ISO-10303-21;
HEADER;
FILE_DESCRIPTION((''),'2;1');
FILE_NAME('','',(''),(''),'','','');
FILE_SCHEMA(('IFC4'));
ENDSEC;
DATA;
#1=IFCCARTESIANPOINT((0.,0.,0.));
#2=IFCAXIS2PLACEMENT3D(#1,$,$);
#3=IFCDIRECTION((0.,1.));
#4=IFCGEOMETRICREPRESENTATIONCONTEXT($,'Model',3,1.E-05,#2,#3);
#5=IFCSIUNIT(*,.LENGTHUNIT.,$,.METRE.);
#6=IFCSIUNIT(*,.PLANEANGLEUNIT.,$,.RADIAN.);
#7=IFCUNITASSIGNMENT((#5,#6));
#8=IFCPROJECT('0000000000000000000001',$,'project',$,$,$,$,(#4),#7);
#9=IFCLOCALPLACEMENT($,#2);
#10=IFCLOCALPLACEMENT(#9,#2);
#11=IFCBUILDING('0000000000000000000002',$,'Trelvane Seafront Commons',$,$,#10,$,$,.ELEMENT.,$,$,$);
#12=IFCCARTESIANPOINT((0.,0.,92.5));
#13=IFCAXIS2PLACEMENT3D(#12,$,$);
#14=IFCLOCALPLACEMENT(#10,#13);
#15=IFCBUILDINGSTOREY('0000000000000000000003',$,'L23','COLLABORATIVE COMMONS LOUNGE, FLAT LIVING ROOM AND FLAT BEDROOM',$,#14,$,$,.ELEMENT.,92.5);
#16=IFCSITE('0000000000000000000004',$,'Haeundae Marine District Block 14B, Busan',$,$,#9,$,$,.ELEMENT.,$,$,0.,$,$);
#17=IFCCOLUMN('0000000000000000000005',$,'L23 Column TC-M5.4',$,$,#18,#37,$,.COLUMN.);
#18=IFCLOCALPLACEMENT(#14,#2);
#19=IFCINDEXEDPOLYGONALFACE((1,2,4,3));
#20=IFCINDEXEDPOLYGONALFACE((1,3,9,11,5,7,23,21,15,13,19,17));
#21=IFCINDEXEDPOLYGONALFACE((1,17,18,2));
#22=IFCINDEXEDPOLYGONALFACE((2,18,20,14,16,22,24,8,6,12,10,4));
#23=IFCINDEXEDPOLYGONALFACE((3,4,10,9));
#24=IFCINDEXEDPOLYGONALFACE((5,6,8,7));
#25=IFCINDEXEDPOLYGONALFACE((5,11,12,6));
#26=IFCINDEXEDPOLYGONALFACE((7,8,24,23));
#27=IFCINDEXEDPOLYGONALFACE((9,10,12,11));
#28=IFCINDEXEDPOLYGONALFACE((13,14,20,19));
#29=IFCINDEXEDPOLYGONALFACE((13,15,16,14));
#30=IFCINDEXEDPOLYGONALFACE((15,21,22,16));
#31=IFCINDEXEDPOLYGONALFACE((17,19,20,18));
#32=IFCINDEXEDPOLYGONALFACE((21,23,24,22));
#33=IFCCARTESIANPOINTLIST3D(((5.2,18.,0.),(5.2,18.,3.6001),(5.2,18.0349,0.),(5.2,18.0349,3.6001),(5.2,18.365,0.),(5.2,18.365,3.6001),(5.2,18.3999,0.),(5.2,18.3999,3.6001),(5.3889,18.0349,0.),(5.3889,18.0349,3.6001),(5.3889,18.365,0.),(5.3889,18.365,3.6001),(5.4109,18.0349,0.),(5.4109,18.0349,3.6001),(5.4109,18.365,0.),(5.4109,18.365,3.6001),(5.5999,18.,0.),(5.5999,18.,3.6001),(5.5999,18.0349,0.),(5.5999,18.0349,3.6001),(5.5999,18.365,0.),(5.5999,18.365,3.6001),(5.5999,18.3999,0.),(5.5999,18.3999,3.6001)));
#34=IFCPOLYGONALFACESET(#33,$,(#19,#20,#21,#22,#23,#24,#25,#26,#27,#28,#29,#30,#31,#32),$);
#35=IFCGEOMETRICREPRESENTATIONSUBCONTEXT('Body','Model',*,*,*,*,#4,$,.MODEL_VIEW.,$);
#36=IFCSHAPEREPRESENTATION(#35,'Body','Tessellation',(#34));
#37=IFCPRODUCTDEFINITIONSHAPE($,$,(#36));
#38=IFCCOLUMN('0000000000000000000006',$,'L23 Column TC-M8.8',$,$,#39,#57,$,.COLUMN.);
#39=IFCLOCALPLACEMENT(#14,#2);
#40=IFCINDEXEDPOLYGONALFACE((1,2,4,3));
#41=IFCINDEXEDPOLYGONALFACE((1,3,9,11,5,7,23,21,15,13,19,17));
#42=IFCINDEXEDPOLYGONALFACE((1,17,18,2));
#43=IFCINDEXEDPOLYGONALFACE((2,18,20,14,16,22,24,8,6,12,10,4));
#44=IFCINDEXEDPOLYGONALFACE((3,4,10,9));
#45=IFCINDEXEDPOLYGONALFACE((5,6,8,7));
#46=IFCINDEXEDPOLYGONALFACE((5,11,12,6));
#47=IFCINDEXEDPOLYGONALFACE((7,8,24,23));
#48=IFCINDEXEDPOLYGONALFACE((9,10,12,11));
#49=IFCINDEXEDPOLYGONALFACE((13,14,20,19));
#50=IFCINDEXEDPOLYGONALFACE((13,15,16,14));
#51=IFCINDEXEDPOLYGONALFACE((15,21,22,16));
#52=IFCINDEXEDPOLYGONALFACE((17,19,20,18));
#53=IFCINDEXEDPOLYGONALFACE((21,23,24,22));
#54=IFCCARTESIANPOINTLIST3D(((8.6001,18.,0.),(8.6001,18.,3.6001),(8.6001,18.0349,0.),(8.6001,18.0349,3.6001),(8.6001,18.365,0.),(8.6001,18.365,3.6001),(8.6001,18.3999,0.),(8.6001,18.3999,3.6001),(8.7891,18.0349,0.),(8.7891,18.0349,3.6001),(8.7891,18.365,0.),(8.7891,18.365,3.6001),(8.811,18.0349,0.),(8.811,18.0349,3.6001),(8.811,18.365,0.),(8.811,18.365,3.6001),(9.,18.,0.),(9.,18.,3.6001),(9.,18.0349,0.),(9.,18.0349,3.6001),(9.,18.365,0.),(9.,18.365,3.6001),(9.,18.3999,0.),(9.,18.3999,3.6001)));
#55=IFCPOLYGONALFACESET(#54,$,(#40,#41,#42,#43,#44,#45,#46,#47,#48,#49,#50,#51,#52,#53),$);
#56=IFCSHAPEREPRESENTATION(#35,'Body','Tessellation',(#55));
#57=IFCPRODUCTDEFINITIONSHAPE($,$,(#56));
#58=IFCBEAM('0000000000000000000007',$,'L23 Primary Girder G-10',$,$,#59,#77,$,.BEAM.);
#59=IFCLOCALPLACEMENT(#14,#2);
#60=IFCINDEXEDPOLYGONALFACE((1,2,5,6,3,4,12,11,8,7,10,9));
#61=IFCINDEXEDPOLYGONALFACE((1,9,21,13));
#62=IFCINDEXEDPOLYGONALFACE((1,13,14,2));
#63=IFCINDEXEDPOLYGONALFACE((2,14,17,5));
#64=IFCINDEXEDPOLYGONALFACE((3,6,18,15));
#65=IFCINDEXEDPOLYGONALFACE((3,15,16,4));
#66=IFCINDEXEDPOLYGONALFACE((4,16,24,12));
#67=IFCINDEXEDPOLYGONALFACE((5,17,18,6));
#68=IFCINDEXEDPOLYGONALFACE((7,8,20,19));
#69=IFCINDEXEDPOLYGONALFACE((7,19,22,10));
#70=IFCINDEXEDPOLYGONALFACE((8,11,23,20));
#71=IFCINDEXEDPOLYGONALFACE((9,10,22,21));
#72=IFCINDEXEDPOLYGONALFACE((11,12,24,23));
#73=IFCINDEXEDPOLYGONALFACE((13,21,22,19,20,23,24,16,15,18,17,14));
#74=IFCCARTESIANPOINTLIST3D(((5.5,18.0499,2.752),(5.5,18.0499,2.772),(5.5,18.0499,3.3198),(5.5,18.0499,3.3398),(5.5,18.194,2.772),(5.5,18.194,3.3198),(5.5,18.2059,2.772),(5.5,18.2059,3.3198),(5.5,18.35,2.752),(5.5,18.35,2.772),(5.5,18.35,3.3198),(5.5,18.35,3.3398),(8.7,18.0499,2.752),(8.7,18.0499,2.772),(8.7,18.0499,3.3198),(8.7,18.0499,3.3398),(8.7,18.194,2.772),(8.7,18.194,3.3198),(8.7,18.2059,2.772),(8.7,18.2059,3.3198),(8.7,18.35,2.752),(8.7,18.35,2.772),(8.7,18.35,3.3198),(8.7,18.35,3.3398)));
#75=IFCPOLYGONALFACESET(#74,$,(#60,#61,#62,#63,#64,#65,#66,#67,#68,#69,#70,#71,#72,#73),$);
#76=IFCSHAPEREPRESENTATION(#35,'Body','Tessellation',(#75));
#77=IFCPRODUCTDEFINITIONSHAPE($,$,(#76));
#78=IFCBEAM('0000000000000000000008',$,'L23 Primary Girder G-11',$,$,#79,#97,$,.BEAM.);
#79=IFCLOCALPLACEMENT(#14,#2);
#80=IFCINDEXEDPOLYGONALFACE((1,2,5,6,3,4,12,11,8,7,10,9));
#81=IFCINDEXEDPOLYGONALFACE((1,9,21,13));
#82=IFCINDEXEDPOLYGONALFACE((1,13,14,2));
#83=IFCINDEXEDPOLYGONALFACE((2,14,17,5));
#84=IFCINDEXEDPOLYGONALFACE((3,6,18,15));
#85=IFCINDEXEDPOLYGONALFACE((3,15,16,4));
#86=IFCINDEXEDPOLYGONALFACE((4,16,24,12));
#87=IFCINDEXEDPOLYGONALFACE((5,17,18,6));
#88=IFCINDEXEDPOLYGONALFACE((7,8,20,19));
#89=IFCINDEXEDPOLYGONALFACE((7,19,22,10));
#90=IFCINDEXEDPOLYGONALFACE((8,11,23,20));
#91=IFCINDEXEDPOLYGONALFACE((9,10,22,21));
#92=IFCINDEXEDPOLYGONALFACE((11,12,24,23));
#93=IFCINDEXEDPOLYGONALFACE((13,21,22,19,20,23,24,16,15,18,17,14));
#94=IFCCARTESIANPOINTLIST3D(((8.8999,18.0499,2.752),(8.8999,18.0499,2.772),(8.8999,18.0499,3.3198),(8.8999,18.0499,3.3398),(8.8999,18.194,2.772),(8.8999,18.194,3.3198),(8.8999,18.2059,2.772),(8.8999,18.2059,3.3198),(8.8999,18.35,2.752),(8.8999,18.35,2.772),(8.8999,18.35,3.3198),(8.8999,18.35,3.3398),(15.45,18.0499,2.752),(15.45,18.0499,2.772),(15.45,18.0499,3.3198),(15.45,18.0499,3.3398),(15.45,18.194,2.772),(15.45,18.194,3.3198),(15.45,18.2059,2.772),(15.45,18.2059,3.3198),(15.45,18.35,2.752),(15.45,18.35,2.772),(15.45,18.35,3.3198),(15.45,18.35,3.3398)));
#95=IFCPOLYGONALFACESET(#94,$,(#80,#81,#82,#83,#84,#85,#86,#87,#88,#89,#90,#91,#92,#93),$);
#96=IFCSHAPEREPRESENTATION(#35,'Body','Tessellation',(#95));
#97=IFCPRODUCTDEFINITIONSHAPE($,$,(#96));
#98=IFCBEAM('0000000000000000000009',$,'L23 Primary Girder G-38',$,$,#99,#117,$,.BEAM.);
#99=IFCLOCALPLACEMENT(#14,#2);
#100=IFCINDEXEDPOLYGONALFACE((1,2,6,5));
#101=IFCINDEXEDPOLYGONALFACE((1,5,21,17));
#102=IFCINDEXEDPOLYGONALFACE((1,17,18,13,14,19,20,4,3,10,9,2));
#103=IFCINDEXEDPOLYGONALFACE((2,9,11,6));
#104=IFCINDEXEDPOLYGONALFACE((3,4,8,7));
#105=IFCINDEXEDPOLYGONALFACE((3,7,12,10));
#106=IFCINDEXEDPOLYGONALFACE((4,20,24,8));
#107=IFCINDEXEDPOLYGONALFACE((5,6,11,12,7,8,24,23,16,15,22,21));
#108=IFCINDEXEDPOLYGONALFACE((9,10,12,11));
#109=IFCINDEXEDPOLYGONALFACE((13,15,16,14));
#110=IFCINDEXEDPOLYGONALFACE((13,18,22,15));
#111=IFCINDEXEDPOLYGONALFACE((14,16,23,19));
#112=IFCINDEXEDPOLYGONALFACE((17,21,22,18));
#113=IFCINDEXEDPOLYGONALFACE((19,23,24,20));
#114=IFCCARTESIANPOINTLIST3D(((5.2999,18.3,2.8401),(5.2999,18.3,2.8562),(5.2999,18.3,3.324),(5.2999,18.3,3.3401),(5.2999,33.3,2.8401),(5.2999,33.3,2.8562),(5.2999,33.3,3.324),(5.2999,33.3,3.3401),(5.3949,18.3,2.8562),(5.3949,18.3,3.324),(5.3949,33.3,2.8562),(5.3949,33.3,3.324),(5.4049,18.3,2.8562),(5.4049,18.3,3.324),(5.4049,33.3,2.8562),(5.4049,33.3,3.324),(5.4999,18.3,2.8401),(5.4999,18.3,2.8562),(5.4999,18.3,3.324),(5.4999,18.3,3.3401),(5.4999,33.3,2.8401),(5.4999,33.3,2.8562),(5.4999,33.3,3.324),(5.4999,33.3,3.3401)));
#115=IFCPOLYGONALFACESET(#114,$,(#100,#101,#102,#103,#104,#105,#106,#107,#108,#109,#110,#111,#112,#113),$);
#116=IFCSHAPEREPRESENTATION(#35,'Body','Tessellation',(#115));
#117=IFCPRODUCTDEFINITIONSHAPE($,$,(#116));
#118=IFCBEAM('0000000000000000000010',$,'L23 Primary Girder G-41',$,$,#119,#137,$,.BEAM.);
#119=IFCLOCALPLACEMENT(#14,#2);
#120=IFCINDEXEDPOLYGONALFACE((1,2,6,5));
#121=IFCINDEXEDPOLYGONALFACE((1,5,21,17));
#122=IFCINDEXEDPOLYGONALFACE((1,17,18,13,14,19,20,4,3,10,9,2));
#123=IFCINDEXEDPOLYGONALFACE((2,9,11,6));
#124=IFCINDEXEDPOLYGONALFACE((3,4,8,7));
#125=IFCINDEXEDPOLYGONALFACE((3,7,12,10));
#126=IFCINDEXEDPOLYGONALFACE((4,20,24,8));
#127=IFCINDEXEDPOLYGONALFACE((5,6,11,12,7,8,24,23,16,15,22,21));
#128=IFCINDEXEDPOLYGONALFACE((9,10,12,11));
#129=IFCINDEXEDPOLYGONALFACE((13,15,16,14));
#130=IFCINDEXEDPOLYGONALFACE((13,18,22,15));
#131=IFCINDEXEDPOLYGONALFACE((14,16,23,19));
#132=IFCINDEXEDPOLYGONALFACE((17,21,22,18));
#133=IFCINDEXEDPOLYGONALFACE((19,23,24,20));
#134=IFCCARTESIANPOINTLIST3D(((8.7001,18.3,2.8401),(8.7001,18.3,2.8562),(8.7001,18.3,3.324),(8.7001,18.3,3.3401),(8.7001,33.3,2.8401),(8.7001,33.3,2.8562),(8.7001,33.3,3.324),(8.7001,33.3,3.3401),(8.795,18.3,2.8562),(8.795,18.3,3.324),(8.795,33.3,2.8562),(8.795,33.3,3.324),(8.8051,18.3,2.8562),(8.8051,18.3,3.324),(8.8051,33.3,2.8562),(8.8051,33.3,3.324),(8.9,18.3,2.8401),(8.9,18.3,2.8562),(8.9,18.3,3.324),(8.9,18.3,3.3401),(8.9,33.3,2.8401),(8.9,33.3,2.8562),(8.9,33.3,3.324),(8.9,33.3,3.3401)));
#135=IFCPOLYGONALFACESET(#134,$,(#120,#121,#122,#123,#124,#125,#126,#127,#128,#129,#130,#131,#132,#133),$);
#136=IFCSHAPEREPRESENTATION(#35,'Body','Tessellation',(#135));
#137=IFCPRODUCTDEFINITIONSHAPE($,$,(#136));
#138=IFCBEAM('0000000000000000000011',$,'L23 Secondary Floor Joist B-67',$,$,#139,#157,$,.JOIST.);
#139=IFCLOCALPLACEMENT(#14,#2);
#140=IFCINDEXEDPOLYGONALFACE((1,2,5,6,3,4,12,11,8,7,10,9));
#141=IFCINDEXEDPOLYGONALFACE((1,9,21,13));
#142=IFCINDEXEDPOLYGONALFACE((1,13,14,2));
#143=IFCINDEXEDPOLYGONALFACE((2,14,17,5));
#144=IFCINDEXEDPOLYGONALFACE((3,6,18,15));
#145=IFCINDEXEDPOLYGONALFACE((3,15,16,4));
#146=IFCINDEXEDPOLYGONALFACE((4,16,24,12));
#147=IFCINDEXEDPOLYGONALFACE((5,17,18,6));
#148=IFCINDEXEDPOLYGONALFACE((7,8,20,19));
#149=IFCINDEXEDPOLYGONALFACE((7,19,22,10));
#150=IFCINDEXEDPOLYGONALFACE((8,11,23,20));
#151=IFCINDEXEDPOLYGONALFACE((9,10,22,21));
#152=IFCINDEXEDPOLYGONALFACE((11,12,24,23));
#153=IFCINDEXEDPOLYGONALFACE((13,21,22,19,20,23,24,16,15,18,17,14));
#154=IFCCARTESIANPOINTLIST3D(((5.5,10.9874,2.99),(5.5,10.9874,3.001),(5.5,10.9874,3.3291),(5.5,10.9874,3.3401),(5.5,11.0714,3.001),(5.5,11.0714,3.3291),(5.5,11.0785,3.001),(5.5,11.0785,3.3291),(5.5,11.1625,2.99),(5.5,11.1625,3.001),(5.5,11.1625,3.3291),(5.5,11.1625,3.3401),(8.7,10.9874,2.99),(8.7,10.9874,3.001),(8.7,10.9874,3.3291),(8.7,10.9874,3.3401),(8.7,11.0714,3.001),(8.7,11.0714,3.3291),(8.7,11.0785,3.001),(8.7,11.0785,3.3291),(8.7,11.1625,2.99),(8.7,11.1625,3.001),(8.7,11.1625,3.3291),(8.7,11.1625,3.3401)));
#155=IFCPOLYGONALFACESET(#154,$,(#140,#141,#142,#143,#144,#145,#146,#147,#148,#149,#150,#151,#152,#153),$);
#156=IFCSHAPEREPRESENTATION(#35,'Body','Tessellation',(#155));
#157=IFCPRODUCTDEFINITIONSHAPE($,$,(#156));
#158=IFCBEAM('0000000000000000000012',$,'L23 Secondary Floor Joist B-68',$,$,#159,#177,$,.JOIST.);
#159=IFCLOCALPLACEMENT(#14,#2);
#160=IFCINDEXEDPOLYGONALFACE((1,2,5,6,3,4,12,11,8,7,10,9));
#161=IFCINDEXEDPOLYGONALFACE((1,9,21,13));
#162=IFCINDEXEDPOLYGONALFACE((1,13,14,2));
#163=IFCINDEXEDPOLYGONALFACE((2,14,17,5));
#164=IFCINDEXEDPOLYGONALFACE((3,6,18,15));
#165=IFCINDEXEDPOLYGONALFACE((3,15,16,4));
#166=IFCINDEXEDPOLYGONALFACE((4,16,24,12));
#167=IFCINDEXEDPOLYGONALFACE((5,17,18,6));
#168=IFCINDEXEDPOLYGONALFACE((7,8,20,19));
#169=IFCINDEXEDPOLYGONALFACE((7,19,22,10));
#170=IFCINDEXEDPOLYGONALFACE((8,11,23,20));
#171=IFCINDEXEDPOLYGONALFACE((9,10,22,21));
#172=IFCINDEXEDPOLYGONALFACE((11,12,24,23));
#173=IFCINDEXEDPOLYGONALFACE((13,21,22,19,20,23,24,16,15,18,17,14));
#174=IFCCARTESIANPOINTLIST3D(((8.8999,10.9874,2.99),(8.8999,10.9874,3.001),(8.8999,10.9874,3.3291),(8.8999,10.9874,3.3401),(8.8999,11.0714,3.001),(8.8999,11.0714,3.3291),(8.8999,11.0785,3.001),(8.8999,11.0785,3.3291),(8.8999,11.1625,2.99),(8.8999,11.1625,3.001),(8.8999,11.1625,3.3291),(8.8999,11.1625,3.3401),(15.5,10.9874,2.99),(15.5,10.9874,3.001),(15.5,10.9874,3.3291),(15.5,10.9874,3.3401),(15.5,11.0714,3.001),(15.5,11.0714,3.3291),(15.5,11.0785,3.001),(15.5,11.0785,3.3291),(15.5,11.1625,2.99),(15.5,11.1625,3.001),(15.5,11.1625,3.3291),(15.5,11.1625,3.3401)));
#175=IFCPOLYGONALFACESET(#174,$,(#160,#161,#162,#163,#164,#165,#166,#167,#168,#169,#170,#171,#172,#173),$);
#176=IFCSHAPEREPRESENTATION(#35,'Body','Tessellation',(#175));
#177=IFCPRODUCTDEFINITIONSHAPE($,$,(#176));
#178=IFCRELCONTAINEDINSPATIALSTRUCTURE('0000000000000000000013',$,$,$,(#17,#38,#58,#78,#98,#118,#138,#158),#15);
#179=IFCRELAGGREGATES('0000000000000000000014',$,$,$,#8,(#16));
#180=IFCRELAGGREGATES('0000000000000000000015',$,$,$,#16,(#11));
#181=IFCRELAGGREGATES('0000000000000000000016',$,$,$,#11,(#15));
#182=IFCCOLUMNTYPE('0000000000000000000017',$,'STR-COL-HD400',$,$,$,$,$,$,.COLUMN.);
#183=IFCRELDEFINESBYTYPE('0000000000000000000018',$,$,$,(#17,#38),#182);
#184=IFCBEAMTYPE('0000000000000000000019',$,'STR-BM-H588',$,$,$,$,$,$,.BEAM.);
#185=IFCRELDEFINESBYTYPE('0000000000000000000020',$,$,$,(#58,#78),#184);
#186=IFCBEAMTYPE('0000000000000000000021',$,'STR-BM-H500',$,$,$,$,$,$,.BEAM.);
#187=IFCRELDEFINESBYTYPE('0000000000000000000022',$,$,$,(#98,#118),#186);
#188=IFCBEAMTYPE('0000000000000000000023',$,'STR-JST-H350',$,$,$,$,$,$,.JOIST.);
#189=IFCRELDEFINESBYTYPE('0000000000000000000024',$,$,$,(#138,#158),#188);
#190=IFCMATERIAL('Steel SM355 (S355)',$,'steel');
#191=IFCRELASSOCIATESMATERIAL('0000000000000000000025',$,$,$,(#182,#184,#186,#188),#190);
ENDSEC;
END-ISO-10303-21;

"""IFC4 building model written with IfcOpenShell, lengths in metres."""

from ifc_helpers import new_model, si_unit, direction, frame, origin, origin_2d, place, context, subcontext, project, spatial, i_section, extrude, source, transform, mapped, material, material_profile, profile_set, type_object, element, save


model = new_model("IFC4")

# Units and contexts
model_context = context("Model", 3, precision=1e-05, world=origin(), true_north=direction((0.0, 1.0)))
body_context = subcontext(model_context, "Body", "Model", "MODEL_VIEW")
ifc_project = project(units=[si_unit("LENGTHUNIT", "METRE"), si_unit("PLANEANGLEUNIT", "RADIAN")], contexts=[model_context])

# Site, building, storey
site_placement = place(None, origin())
site = spatial("IfcSite", under=ifc_project, at=site_placement, Name="Haeundae Marine District Block 14B, Busan", CompositionType="ELEMENT", RefElevation=0.0)
building_placement = place(site_placement, origin())
building = spatial("IfcBuilding", under=site, at=building_placement, Name="Trelvane Seafront Commons", CompositionType="ELEMENT")
storey_placement = place(building_placement, frame((0.0, 0.0, 92.5)))
storey = spatial("IfcBuildingStorey", under=building, at=storey_placement, Name="L23", Description="COLLABORATIVE COMMONS LOUNGE, FLAT LIVING ROOM AND FLAT BEDROOM", CompositionType="ELEMENT", Elevation=92.5)

# Columns
ifc_material_1 = material(Name="Steel SM355 (S355)", Category="steel")
ifc_material_profile_1 = material_profile(ifc_material_1, i_section(OverallWidth=0.3999, OverallDepth=0.3999, WebThickness=0.022, FlangeThickness=0.0349, at=origin_2d()), Name="HD-400x400x22x35")
ifc_profile_set_1 = profile_set([ifc_material_profile_1], Name="Steel SM355 (S355)")
column_type = type_object("IfcColumnType", Name="STR-COL-HD400", PredefinedType="COLUMN", material=ifc_profile_set_1)
shared_shape_1 = source(origin(), body_context, "Body", "SweptSolid", [
    extrude(i_section(OverallWidth=0.3999, OverallDepth=0.3999, WebThickness=0.022, FlangeThickness=0.0349, at=origin_2d()), origin(), (0.0, 0.0, 1.0), 3.6001),
])
for number, where, z_axis, x_axis, name in (
    (1, (5.3999, 18.2, 0.0), (0.0, 0.0, 1.0), (1.0, 0.0, 0.0), "L23 Column TC-M5.4"),
    (2, (8.8, 18.2, 0.0), (0.0, 0.0, 1.0), (1.0, 0.0, 0.0), "L23 Column TC-M8.8"),
):
    element("IfcColumn", number, at=place(storey_placement, frame(where, z_axis=z_axis, x_axis=x_axis)), inside=storey, type_object=column_type, Name=name, PredefinedType="COLUMN", context=body_context, shape_type="MappedRepresentation", body=[
        mapped(shared_shape_1, transform((0.0, 0.0, 0.0), x_axis=(1.0, 0.0, 0.0), y_axis=(0.0, 1.0, 0.0), z_axis=(0.0, 0.0, 1.0), scale=1.0)),
    ])

# Beams
ifc_material_profile_2 = material_profile(ifc_material_1, i_section(OverallWidth=0.3, OverallDepth=0.5879, WebThickness=0.012, FlangeThickness=0.02, at=origin_2d()), Name="H-588x300x12x20")
ifc_profile_set_2 = profile_set([ifc_material_profile_2], Name="Steel SM355 (S355)")
beam_type_1 = type_object("IfcBeamType", Name="STR-BM-H588", PredefinedType="BEAM", material=ifc_profile_set_2)
shared_shape_2 = source(origin(), body_context, "Body", "SweptSolid", [
    extrude(i_section(OverallWidth=0.3, OverallDepth=0.5879, WebThickness=0.012, FlangeThickness=0.02, at=origin_2d()), origin(), (0.0, 0.0, 1.0), 3.2),
])
beam_1_placement = place(storey_placement, frame((5.5, 18.2, 3.0459), z_axis=(1.0, 0.0, 0.0), x_axis=(0.0, 1.0, 0.0)))
element("IfcBeam", 3, at=beam_1_placement, inside=storey, type_object=beam_type_1, Name="L23 Primary Girder G-10", PredefinedType="BEAM", context=body_context, shape_type="MappedRepresentation", body=[
    mapped(shared_shape_2, transform((0.0, 0.0, 0.0), x_axis=(1.0, 0.0, 0.0), y_axis=(0.0, 1.0, 0.0), z_axis=(0.0, 0.0, 1.0), scale=1.0)),
])
shared_shape_3 = source(origin(), body_context, "Body", "SweptSolid", [
    extrude(i_section(OverallWidth=0.3, OverallDepth=0.5879, WebThickness=0.012, FlangeThickness=0.02, at=origin_2d()), origin(), (0.0, 0.0, 1.0), 6.55),
])
beam_2_placement = place(storey_placement, frame((8.8999, 18.2, 3.0459), z_axis=(1.0, 0.0, 0.0), x_axis=(0.0, 1.0, 0.0)))
element("IfcBeam", 4, at=beam_2_placement, inside=storey, type_object=beam_type_1, Name="L23 Primary Girder G-11", PredefinedType="BEAM", context=body_context, shape_type="MappedRepresentation", body=[
    mapped(shared_shape_3, transform((0.0, 0.0, 0.0), x_axis=(1.0, 0.0, 0.0), y_axis=(0.0, 1.0, 0.0), z_axis=(0.0, 0.0, 1.0), scale=1.0)),
])
ifc_material_profile_3 = material_profile(ifc_material_1, i_section(OverallWidth=0.2, OverallDepth=0.5, WebThickness=0.01, FlangeThickness=0.0161, at=origin_2d()), Name="H-500x200x10x16")
ifc_profile_set_3 = profile_set([ifc_material_profile_3], Name="Steel SM355 (S355)")
beam_type_2 = type_object("IfcBeamType", Name="STR-BM-H500", PredefinedType="BEAM", material=ifc_profile_set_3)
shared_shape_4 = source(origin(), body_context, "Body", "SweptSolid", [
    extrude(i_section(OverallWidth=0.2, OverallDepth=0.5, WebThickness=0.01, FlangeThickness=0.0161, at=origin_2d()), origin(), (0.0, 0.0, 1.0), 15.0),
])
for number, where, z_axis, x_axis, name in (
    (5, (5.3999, 18.3, 3.0901), (0.0, 1.0, 0.0), (-1.0, 0.0, 0.0), "L23 Primary Girder G-38"),
    (6, (8.8, 18.3, 3.0901), (0.0, 1.0, 0.0), (-1.0, 0.0, 0.0), "L23 Primary Girder G-41"),
):
    element("IfcBeam", number, at=place(storey_placement, frame(where, z_axis=z_axis, x_axis=x_axis)), inside=storey, type_object=beam_type_2, Name=name, PredefinedType="BEAM", context=body_context, shape_type="MappedRepresentation", body=[
        mapped(shared_shape_4, transform((0.0, 0.0, 0.0), x_axis=(1.0, 0.0, 0.0), y_axis=(0.0, 1.0, 0.0), z_axis=(0.0, 0.0, 1.0), scale=1.0)),
    ])
ifc_material_profile_4 = material_profile(ifc_material_1, i_section(OverallWidth=0.175, OverallDepth=0.3501, WebThickness=0.0071, FlangeThickness=0.011, at=origin_2d()), Name="H-350x175x7x11")
ifc_profile_set_4 = profile_set([ifc_material_profile_4], Name="Steel SM355 (S355)")
beam_type_3 = type_object("IfcBeamType", Name="STR-JST-H350", PredefinedType="JOIST", material=ifc_profile_set_4)
shared_shape_5 = source(origin(), body_context, "Body", "SweptSolid", [
    extrude(i_section(OverallWidth=0.175, OverallDepth=0.3501, WebThickness=0.0071, FlangeThickness=0.011, at=origin_2d()), origin(), (0.0, 0.0, 1.0), 3.2),
])
beam_3_placement = place(storey_placement, frame((5.5, 11.075, 3.165), z_axis=(1.0, 0.0, 0.0), x_axis=(0.0, 1.0, 0.0)))
element("IfcBeam", 7, at=beam_3_placement, inside=storey, type_object=beam_type_3, Name="L23 Secondary Floor Joist B-67", PredefinedType="JOIST", context=body_context, shape_type="MappedRepresentation", body=[
    mapped(shared_shape_5, transform((0.0, 0.0, 0.0), x_axis=(1.0, 0.0, 0.0), y_axis=(0.0, 1.0, 0.0), z_axis=(0.0, 0.0, 1.0), scale=1.0)),
])
shared_shape_6 = source(origin(), body_context, "Body", "SweptSolid", [
    extrude(i_section(OverallWidth=0.175, OverallDepth=0.3501, WebThickness=0.0071, FlangeThickness=0.011, at=origin_2d()), origin(), (0.0, 0.0, 1.0), 6.6001),
])
beam_4_placement = place(storey_placement, frame((8.8999, 11.075, 3.165), z_axis=(1.0, 0.0, 0.0), x_axis=(0.0, 1.0, 0.0)))
element("IfcBeam", 8, at=beam_4_placement, inside=storey, type_object=beam_type_3, Name="L23 Secondary Floor Joist B-68", PredefinedType="JOIST", context=body_context, shape_type="MappedRepresentation", body=[
    mapped(shared_shape_6, transform((0.0, 0.0, 0.0), x_axis=(1.0, 0.0, 0.0), y_axis=(0.0, 1.0, 0.0), z_axis=(0.0, 0.0, 1.0), scale=1.0)),
])

save(model, "model.ifc")
